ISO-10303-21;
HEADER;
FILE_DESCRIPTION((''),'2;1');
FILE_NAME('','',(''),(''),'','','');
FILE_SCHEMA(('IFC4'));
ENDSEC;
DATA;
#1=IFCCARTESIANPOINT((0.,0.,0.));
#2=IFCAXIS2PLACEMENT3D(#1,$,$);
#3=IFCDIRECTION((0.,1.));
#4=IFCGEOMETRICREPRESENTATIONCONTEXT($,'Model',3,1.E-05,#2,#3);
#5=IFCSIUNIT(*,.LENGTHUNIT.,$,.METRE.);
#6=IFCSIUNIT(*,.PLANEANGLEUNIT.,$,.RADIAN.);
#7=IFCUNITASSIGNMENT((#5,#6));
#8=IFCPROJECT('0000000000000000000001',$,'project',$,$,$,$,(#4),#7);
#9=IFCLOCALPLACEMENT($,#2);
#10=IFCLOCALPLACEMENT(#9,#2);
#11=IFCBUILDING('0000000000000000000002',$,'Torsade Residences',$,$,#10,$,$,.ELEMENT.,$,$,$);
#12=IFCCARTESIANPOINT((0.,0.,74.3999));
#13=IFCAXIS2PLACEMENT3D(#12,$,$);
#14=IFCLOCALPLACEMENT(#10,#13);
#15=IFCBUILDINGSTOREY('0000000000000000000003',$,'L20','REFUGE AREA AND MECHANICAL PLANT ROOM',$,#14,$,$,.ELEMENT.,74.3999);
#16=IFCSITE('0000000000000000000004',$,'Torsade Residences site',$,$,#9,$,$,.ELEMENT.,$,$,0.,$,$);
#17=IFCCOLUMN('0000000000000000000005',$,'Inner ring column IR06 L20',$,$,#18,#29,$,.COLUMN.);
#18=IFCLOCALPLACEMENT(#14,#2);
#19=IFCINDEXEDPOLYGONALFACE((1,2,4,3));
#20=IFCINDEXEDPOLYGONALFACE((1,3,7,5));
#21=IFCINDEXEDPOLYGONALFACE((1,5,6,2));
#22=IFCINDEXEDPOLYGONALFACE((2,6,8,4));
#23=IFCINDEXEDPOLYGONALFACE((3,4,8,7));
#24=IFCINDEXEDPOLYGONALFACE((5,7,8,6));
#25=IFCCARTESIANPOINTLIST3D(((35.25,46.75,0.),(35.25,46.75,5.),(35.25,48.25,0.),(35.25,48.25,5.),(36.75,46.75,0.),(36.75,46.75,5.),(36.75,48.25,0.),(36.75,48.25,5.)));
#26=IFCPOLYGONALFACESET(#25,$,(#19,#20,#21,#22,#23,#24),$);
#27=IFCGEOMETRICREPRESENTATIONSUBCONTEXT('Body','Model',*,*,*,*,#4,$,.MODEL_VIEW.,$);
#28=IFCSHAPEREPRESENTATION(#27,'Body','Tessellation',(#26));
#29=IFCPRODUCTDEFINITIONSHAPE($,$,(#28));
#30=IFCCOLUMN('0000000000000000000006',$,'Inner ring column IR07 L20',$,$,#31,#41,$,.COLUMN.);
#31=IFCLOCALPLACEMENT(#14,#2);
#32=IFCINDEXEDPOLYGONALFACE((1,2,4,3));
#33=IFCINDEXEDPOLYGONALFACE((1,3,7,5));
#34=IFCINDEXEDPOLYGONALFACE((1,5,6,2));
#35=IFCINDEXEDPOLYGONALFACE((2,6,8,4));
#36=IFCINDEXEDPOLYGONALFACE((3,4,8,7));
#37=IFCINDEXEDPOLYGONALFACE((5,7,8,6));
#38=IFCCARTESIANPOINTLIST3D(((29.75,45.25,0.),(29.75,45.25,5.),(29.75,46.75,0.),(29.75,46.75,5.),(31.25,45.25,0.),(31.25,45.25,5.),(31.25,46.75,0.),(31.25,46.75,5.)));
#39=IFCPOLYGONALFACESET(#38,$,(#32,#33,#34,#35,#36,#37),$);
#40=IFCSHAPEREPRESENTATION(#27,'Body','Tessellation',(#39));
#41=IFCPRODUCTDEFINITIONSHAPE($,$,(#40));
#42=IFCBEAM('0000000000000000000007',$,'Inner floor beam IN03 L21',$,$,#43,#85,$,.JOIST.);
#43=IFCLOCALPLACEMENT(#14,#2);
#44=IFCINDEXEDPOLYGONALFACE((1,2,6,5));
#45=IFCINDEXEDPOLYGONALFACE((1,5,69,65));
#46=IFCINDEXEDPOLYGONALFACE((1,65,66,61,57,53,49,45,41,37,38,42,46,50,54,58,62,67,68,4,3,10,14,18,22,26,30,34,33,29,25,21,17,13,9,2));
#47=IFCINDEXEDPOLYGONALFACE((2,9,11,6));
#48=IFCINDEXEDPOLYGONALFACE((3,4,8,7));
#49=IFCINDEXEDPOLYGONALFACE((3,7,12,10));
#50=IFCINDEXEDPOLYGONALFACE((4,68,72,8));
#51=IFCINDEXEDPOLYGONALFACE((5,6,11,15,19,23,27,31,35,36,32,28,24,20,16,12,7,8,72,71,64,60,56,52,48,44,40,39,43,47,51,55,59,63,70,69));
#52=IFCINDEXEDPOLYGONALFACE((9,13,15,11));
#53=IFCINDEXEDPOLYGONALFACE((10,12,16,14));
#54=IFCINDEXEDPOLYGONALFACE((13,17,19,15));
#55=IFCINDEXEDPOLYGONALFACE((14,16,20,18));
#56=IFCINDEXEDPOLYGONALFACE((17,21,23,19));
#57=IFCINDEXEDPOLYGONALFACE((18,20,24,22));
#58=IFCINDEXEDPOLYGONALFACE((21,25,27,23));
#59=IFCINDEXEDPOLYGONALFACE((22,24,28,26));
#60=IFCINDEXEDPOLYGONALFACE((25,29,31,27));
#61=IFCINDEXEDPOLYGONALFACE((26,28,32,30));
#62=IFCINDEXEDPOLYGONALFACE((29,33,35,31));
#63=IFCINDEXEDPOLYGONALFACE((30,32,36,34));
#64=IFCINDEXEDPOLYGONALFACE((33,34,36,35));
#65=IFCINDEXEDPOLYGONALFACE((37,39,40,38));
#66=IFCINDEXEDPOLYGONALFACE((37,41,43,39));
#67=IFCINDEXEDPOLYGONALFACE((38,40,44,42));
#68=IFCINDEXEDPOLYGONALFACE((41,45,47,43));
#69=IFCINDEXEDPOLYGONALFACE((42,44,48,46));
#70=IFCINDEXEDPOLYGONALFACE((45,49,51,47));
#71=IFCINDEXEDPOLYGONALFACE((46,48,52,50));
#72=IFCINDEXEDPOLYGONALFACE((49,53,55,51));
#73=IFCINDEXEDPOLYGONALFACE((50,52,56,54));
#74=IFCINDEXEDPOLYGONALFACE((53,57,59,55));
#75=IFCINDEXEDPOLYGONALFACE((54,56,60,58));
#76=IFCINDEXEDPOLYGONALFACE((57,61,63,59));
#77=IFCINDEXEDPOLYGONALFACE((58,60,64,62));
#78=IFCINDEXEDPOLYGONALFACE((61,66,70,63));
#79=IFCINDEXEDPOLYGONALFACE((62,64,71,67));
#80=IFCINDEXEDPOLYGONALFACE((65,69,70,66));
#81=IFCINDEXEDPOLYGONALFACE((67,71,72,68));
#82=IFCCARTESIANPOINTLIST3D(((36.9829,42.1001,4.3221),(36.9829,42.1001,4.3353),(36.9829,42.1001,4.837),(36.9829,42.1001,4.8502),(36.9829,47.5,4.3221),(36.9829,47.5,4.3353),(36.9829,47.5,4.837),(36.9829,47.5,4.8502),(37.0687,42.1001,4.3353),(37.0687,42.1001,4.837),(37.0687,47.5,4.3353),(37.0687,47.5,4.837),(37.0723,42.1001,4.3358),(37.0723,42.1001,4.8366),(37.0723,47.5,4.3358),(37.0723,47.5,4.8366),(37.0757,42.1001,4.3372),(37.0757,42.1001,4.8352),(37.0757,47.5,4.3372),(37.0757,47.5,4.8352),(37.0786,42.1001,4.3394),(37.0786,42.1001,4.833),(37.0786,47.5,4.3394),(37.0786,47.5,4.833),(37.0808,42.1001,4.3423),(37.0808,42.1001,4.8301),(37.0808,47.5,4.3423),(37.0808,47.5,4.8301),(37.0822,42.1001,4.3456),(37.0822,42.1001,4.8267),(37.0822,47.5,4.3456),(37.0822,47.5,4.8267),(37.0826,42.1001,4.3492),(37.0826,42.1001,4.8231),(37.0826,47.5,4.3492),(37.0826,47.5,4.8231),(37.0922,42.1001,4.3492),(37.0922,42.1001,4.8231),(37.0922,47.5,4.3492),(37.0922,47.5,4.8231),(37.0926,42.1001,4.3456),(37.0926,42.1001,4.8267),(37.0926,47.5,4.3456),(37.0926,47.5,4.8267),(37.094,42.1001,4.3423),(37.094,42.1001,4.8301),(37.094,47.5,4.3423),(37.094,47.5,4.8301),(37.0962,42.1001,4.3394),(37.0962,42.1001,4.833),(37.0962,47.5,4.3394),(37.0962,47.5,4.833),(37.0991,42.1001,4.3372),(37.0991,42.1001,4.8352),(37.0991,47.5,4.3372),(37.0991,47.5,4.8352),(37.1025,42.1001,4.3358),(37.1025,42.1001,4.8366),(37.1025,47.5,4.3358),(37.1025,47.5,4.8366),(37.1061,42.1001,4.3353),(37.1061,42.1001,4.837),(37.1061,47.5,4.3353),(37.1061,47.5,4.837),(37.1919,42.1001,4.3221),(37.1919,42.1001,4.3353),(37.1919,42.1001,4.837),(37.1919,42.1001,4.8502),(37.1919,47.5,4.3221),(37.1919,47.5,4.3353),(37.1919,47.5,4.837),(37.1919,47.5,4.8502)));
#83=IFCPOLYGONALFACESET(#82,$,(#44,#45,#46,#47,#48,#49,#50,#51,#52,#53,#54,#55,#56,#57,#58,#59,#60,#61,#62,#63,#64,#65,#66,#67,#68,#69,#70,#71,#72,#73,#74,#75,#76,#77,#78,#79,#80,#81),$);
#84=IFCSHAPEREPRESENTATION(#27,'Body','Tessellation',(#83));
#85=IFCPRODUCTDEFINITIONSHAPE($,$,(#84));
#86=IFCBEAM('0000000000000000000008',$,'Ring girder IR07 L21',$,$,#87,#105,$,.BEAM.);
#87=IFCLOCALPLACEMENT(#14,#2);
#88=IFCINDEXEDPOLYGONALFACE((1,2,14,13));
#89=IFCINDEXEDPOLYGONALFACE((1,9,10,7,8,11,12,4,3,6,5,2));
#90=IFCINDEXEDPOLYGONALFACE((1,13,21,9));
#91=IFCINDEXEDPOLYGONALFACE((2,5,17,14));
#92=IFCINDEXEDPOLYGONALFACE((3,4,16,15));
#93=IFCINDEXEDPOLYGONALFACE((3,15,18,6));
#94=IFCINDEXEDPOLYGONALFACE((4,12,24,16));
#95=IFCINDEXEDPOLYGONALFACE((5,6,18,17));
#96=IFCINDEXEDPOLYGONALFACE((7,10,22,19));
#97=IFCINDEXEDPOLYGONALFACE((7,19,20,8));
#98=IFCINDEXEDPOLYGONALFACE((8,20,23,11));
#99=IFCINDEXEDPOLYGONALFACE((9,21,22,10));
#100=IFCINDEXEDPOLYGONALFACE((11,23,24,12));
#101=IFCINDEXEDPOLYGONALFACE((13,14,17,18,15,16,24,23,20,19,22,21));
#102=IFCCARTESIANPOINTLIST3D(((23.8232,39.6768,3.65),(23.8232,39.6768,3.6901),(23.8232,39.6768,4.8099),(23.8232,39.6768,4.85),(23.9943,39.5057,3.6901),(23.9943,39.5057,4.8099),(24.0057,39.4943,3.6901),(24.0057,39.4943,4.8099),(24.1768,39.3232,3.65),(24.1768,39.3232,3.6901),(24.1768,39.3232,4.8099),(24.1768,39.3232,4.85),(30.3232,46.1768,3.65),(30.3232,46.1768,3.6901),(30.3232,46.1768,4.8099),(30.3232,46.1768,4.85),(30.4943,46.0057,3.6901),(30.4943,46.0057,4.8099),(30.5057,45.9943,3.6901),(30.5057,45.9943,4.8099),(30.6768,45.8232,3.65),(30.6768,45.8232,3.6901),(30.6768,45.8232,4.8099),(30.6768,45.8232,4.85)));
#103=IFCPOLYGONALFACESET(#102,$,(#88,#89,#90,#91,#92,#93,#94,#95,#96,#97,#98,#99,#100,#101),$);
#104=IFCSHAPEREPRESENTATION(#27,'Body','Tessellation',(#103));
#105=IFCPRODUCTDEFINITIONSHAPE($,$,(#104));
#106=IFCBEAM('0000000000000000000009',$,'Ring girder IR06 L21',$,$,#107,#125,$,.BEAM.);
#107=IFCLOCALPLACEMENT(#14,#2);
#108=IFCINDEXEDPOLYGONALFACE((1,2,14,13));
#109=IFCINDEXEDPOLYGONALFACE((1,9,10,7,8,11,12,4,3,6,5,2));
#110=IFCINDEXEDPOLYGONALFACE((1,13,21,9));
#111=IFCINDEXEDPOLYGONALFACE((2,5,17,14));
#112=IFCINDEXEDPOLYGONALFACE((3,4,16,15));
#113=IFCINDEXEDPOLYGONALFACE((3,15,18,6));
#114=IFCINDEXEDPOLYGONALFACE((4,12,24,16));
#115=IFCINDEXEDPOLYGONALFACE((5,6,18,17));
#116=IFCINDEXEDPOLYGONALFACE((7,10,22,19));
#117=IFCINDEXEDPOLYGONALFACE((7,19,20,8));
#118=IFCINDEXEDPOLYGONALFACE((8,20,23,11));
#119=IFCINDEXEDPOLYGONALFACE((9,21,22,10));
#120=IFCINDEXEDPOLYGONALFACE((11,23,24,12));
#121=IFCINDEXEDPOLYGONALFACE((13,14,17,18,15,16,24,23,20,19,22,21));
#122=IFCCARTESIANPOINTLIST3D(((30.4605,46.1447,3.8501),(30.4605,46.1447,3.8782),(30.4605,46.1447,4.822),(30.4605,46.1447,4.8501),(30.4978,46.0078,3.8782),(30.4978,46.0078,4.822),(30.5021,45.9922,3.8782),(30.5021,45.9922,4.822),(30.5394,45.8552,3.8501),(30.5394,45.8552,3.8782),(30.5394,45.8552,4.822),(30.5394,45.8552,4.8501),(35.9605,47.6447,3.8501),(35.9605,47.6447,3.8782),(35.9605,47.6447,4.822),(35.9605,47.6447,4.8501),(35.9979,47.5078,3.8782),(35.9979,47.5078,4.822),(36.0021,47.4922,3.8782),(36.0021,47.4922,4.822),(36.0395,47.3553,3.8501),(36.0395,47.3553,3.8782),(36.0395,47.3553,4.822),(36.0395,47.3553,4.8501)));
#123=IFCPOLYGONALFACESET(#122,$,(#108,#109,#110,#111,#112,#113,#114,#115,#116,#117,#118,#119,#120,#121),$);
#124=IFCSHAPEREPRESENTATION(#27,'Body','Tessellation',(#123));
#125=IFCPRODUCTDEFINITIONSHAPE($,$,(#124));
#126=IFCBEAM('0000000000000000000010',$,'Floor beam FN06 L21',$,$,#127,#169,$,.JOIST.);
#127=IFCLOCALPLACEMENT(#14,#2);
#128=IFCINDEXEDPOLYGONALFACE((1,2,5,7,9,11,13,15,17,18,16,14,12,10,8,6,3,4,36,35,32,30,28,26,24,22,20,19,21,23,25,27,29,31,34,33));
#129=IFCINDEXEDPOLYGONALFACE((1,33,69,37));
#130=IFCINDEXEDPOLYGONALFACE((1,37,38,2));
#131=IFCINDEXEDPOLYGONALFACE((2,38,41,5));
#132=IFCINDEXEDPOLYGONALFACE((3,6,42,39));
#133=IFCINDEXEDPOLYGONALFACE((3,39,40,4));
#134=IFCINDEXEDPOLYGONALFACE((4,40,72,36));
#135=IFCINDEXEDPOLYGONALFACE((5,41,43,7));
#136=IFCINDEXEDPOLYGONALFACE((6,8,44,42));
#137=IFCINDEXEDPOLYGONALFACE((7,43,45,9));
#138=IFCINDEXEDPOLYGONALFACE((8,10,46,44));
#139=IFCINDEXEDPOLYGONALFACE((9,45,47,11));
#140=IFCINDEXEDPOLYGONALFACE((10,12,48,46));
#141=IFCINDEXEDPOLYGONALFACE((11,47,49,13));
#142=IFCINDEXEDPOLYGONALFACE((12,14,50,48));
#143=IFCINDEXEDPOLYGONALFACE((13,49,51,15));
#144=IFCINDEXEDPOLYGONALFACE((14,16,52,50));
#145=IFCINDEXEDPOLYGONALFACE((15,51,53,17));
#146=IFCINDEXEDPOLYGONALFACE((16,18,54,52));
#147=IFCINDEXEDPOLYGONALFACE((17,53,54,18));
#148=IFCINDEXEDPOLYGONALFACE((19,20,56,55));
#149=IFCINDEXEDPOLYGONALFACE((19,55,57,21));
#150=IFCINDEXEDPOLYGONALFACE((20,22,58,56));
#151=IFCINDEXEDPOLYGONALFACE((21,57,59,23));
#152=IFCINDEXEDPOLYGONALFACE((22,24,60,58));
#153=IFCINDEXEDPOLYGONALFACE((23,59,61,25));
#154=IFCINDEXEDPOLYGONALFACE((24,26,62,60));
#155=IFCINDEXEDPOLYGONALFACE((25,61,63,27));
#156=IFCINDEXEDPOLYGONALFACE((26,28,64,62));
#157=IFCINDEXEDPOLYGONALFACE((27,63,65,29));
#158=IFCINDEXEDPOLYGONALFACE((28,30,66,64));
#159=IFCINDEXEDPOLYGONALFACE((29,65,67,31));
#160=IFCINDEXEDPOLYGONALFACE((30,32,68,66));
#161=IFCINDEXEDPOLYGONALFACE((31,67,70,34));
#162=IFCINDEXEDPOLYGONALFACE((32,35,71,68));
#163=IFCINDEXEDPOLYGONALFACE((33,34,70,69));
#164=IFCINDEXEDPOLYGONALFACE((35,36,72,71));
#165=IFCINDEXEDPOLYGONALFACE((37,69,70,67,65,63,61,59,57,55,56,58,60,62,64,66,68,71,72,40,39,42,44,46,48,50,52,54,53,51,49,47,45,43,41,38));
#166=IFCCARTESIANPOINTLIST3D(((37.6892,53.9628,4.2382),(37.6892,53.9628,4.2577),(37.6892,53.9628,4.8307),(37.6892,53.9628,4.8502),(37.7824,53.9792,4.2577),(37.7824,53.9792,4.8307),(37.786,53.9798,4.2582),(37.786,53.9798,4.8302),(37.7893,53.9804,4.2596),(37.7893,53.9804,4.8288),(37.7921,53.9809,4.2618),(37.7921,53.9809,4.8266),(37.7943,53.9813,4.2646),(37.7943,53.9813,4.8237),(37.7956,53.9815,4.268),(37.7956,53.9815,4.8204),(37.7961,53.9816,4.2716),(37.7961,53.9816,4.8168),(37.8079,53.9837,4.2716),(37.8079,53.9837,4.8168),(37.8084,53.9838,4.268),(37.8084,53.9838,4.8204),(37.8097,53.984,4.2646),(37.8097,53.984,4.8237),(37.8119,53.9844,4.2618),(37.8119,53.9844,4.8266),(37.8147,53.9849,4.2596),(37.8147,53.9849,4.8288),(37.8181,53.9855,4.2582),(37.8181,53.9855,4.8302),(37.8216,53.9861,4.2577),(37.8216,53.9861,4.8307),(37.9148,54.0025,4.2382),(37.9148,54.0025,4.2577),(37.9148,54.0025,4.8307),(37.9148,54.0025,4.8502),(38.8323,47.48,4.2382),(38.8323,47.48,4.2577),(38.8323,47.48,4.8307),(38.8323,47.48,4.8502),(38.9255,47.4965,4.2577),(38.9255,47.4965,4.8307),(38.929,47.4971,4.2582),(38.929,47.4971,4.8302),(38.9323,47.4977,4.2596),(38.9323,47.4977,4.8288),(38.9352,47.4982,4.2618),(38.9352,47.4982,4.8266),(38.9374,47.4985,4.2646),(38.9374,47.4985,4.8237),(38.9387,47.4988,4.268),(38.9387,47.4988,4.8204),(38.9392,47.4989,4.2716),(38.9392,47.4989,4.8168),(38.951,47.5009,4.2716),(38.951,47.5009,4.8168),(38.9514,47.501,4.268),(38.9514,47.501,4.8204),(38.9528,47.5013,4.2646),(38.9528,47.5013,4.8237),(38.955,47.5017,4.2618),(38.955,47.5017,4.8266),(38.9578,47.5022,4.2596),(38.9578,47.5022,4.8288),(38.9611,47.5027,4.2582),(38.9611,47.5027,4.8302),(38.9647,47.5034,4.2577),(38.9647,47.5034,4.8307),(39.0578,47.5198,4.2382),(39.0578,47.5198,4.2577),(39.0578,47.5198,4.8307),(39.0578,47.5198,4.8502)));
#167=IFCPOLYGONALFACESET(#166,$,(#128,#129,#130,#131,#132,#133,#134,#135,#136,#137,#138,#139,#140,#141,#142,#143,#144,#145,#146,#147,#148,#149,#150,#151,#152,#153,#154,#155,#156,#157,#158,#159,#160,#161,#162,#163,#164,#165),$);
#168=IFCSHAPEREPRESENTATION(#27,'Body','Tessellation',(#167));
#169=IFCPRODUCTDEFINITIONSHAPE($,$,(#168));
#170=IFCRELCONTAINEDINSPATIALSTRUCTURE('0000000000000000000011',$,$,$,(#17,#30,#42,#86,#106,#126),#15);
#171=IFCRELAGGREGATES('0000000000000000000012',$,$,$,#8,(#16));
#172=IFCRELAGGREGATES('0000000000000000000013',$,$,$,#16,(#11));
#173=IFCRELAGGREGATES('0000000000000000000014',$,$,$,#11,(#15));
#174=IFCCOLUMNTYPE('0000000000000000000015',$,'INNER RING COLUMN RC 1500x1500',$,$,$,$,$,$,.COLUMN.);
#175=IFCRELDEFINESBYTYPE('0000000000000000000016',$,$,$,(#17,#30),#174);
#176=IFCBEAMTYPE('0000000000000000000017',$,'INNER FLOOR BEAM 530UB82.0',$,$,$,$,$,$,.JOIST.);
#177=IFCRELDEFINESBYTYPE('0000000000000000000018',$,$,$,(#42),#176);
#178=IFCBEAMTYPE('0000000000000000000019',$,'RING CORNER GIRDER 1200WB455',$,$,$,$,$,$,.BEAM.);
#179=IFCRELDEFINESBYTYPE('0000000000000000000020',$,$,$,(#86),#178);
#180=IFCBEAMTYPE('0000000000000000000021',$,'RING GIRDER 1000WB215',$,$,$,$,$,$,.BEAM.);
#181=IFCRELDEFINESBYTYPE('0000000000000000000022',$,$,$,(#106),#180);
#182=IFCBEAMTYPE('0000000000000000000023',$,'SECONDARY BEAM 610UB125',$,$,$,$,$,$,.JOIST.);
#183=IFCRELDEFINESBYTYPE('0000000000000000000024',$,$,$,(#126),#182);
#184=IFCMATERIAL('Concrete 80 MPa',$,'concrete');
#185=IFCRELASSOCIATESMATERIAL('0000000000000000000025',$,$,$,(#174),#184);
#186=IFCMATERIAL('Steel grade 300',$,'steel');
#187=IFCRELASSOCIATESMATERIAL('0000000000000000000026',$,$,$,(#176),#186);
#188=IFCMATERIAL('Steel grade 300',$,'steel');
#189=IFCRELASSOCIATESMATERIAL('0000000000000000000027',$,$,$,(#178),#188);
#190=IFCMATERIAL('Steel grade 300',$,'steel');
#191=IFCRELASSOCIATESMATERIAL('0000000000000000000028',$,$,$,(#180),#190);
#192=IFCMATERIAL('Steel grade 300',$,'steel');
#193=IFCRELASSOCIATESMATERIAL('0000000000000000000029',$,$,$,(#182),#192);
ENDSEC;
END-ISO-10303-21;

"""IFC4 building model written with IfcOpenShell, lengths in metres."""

from ifc_helpers import new_model, si_unit, direction, frame, origin, origin_2d, place, context, subcontext, project, spatial, rectangle, i_section, extrude, material, material_profile, profile_set, type_object, element, save


model = new_model("IFC4")

# Units and contexts
model_context = context("Model", 3, precision=1e-05, world=origin(), true_north=direction((0.0, 1.0)))
body_context = subcontext(model_context, "Body", "Model", "MODEL_VIEW")
ifc_project = project(units=[si_unit("LENGTHUNIT", "METRE"), si_unit("PLANEANGLEUNIT", "RADIAN")], contexts=[model_context])

# Site, building, storey
site_placement = place(None, origin())
site = spatial("IfcSite", under=ifc_project, at=site_placement, Name="Torsade Residences site", CompositionType="ELEMENT", RefElevation=0.0)
building_placement = place(site_placement, origin())
building = spatial("IfcBuilding", under=site, at=building_placement, Name="Torsade Residences", CompositionType="ELEMENT")
storey_placement = place(building_placement, frame((0.0, 0.0, 74.3999)))
storey = spatial("IfcBuildingStorey", under=building, at=storey_placement, Name="L20", Description="REFUGE AREA AND MECHANICAL PLANT ROOM", CompositionType="ELEMENT", Elevation=74.3999)

# Columns
ifc_material_1 = material(Name="Concrete 80 MPa", Category="concrete")
ifc_material_profile_1 = material_profile(ifc_material_1, rectangle(XDim=1.5, YDim=1.5, at=origin_2d()), Name="RC 1500x1500")
ifc_profile_set_1 = profile_set([ifc_material_profile_1], Name="Concrete 80 MPa")
column_type = type_object("IfcColumnType", Name="INNER RING COLUMN RC 1500x1500", PredefinedType="COLUMN", material=ifc_profile_set_1)
for number, where, z_axis, x_axis, name in (
    (1, (36.0, 47.5, 0.0), (0.0, 0.0, 1.0), (1.0, 0.0, 0.0), "Inner ring column IR06 L20"),
    (2, (30.5, 46.0, 0.0), (0.0, 0.0, 1.0), (1.0, 0.0, 0.0), "Inner ring column IR07 L20"),
):
    element("IfcColumn", number, at=place(storey_placement, frame(where, z_axis=z_axis, x_axis=x_axis)), inside=storey, type_object=column_type, Name=name, PredefinedType="COLUMN", context=body_context, shape_type="SweptSolid", body=[
        extrude(rectangle(XDim=1.5, YDim=1.5, at=origin_2d()), origin(), (0.0, 0.0, 1.0), 5.0),
    ])

# Beams
ifc_material_2 = material(Name="Steel grade 300", Category="steel")
ifc_material_profile_2 = material_profile(ifc_material_2, i_section(OverallWidth=0.209, OverallDepth=0.5281, WebThickness=0.0095, FlangeThickness=0.0132, FilletRadius=0.0139, at=origin_2d()), Name="530UB82.0")
ifc_profile_set_2 = profile_set([ifc_material_profile_2], Name="Steel grade 300")
beam_type_1 = type_object("IfcBeamType", Name="INNER FLOOR BEAM 530UB82.0", PredefinedType="JOIST", material=ifc_profile_set_2)
beam_1_placement = place(storey_placement, frame((37.0874, 42.1001, 4.5862), z_axis=(0.0, 1.0, 0.0), x_axis=(-1.0, 0.0, 0.0)))
element("IfcBeam", 3, at=beam_1_placement, inside=storey, type_object=beam_type_1, Name="Inner floor beam IN03 L21", PredefinedType="JOIST", context=body_context, shape_type="SweptSolid", body=[
    extrude(i_section(OverallWidth=0.209, OverallDepth=0.5281, WebThickness=0.0095, FlangeThickness=0.0132, FilletRadius=0.0139, at=origin_2d()), origin(), (0.0, 0.0, 1.0), 5.3999),
])
ifc_material_3 = material(Name="Steel grade 300", Category="steel")
ifc_material_profile_3 = material_profile(ifc_material_3, i_section(OverallWidth=0.5, OverallDepth=1.2, WebThickness=0.0161, FlangeThickness=0.04, at=origin_2d()), Name="1200WB455")
ifc_profile_set_3 = profile_set([ifc_material_profile_3], Name="Steel grade 300")
beam_type_2 = type_object("IfcBeamType", Name="RING CORNER GIRDER 1200WB455", PredefinedType="BEAM", material=ifc_profile_set_3)
beam_2_placement = place(storey_placement, frame((30.5, 46.0, 4.25), z_axis=(-0.707107, -0.707107, 0.0), x_axis=(0.707107, -0.707107, 0.0)))
element("IfcBeam", 4, at=beam_2_placement, inside=storey, type_object=beam_type_2, Name="Ring girder IR07 L21", PredefinedType="BEAM", context=body_context, shape_type="SweptSolid", body=[
    extrude(i_section(OverallWidth=0.5, OverallDepth=1.2, WebThickness=0.0161, FlangeThickness=0.04, at=origin_2d()), origin(), (0.0, 0.0, 1.0), 9.1924),
])
ifc_material_4 = material(Name="Steel grade 300", Category="steel")
ifc_material_profile_4 = material_profile(ifc_material_4, i_section(OverallWidth=0.3, OverallDepth=1.0, WebThickness=0.0161, FlangeThickness=0.0281, at=origin_2d()), Name="1000WB215")
ifc_profile_set_4 = profile_set([ifc_material_profile_4], Name="Steel grade 300")
beam_type_3 = type_object("IfcBeamType", Name="RING GIRDER 1000WB215", PredefinedType="BEAM", material=ifc_profile_set_4)
beam_3_placement = place(storey_placement, frame((36.0, 47.5, 4.3501), z_axis=(-0.964764, -0.263117, 0.0), x_axis=(0.263117, -0.964764, 0.0)))
element("IfcBeam", 5, at=beam_3_placement, inside=storey, type_object=beam_type_3, Name="Ring girder IR06 L21", PredefinedType="BEAM", context=body_context, shape_type="SweptSolid", body=[
    extrude(i_section(OverallWidth=0.3, OverallDepth=1.0, WebThickness=0.0161, FlangeThickness=0.0281, at=origin_2d()), origin(), (0.0, 0.0, 1.0), 5.7009),
])
ifc_material_5 = material(Name="Steel grade 300", Category="steel")
ifc_material_profile_5 = material_profile(ifc_material_5, i_section(OverallWidth=0.229, OverallDepth=0.6121, WebThickness=0.012, FlangeThickness=0.0195, FilletRadius=0.0139, at=origin_2d()), Name="610UB125")
ifc_profile_set_5 = profile_set([ifc_material_profile_5], Name="Steel grade 300")
beam_type_4 = type_object("IfcBeamType", Name="SECONDARY BEAM 610UB125", PredefinedType="JOIST", material=ifc_profile_set_5)
beam_4_placement = place(storey_placement, frame((37.802, 53.9827, 4.5442), z_axis=(0.173648, -0.984808, 0.0), x_axis=(0.984808, 0.173648, 0.0)))
element("IfcBeam", 6, at=beam_4_placement, inside=storey, type_object=beam_type_4, Name="Floor beam FN06 L21", PredefinedType="JOIST", context=body_context, shape_type="SweptSolid", body=[
    extrude(i_section(OverallWidth=0.229, OverallDepth=0.6121, WebThickness=0.012, FlangeThickness=0.0195, FilletRadius=0.0139, at=origin_2d()), origin(), (0.0, 0.0, 1.0), 6.5828),
])

save(model, "model.ifc")
